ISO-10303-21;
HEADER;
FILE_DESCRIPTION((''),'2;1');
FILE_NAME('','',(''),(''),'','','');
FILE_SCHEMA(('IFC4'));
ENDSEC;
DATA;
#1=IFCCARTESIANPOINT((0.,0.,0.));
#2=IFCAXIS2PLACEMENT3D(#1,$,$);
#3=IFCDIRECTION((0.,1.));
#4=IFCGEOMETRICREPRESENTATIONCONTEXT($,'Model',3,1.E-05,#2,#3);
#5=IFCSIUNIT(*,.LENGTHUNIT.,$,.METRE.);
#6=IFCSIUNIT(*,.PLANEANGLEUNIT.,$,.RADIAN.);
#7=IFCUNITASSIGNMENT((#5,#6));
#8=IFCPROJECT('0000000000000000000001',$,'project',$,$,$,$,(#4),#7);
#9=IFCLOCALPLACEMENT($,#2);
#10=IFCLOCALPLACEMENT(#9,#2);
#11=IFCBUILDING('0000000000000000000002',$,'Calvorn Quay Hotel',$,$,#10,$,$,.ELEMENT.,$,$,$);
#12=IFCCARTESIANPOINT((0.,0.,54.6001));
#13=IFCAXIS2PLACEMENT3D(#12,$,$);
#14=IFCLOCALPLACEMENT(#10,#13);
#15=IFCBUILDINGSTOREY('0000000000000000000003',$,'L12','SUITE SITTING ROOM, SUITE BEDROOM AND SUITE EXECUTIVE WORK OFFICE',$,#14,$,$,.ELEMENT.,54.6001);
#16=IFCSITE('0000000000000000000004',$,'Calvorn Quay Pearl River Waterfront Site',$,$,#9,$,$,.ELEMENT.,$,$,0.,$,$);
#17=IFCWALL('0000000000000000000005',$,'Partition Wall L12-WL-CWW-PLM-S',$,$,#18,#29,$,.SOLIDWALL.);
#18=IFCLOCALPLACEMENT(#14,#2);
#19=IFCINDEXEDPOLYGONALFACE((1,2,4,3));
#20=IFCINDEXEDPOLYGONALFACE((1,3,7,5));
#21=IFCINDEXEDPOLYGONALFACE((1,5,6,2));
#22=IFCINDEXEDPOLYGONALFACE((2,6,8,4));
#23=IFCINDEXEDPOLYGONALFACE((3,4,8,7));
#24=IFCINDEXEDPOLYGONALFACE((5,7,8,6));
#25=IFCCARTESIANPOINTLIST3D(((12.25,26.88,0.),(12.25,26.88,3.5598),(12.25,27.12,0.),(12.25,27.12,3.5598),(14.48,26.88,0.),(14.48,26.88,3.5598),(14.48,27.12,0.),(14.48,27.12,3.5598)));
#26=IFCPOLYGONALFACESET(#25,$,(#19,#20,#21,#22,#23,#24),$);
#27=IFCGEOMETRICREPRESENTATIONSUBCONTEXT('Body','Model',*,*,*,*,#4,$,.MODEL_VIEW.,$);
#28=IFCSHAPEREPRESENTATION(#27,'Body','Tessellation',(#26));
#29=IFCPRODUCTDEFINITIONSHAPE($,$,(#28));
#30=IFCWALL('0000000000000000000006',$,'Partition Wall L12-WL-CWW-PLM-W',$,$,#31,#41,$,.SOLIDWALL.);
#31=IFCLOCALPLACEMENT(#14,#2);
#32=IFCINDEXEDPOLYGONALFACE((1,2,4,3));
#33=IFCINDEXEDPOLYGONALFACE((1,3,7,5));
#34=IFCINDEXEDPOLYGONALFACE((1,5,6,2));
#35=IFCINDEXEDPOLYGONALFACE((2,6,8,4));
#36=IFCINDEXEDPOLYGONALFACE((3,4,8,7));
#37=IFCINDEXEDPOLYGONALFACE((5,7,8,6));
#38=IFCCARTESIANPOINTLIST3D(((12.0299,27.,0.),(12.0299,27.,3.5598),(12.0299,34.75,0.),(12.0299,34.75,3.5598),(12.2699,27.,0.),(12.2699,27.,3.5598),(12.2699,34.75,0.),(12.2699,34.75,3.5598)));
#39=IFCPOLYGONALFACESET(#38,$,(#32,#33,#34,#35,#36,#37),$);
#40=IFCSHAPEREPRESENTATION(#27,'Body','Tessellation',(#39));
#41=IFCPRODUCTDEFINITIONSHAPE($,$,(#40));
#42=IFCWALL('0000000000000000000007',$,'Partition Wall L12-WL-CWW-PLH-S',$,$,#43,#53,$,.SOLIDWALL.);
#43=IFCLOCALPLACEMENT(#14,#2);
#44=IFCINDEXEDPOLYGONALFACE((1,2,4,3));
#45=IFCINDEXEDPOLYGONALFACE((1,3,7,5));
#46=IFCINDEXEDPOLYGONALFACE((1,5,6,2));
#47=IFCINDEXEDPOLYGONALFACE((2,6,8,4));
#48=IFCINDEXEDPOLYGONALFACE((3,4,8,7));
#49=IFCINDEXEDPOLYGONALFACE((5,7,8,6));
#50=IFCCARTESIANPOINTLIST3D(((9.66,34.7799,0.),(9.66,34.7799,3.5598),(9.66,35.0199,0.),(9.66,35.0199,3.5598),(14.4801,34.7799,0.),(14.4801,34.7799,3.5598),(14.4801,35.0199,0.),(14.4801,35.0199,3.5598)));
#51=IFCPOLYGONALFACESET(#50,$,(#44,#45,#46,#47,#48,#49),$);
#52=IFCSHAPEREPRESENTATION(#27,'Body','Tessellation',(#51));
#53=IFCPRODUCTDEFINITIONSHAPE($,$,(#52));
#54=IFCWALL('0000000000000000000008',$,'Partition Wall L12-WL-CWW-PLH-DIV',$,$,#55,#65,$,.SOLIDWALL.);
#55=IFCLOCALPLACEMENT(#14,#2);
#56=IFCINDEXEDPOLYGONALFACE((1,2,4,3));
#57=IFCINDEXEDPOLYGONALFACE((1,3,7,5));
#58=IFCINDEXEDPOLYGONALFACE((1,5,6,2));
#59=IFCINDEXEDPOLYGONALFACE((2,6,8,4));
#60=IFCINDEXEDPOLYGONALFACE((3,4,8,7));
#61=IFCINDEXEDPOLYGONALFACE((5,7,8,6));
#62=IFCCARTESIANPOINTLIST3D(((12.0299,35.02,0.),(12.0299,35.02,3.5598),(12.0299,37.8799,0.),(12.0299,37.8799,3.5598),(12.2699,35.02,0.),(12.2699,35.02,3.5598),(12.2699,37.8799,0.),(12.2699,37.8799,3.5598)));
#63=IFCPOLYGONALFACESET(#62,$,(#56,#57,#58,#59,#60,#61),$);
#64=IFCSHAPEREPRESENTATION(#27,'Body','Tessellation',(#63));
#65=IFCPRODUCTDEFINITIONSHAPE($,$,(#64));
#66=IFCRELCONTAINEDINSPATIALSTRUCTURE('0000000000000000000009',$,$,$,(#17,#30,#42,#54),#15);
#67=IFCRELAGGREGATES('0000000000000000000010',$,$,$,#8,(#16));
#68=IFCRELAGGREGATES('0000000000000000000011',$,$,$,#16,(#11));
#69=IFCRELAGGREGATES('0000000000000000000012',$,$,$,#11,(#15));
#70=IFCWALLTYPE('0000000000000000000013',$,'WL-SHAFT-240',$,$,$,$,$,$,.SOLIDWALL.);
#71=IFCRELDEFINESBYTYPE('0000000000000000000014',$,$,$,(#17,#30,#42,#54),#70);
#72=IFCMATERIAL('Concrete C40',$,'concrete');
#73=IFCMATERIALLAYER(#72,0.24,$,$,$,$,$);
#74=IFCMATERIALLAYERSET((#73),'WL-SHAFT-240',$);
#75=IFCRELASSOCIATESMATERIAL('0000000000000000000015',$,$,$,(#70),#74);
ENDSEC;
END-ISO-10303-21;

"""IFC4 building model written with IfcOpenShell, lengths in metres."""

from ifc_helpers import new_model, si_unit, direction, frame, frame_2d, origin, place, context, subcontext, project, spatial, rectangle, extrude, material, layer, layer_set, type_object, element, save


model = new_model("IFC4")

# Units and contexts
model_context = context("Model", 3, precision=1e-05, world=origin(), true_north=direction((0.0, 1.0)))
body_context = subcontext(model_context, "Body", "Model", "MODEL_VIEW")
ifc_project = project(units=[si_unit("LENGTHUNIT", "METRE"), si_unit("PLANEANGLEUNIT", "RADIAN")], contexts=[model_context])

# Site, building, storey
site_placement = place(None, origin())
site = spatial("IfcSite", under=ifc_project, at=site_placement, Name="Calvorn Quay Pearl River Waterfront Site", CompositionType="ELEMENT", RefElevation=0.0)
building_placement = place(site_placement, origin())
building = spatial("IfcBuilding", under=site, at=building_placement, Name="Calvorn Quay Hotel", CompositionType="ELEMENT")
storey_placement = place(building_placement, frame((0.0, 0.0, 54.6001)))
storey = spatial("IfcBuildingStorey", under=building, at=storey_placement, Name="L12", Description="SUITE SITTING ROOM, SUITE BEDROOM AND SUITE EXECUTIVE WORK OFFICE", CompositionType="ELEMENT", Elevation=54.6001)

# Shared definitions
ifc_material_1 = material(Name="Concrete C40", Category="concrete")
ifc_layer_1 = layer(ifc_material_1, 0.24)
ifc_layer_set_1 = layer_set([ifc_layer_1], Name="WL-SHAFT-240")
wall_type_1 = type_object("IfcWallType", Name="WL-SHAFT-240", PredefinedType="SOLIDWALL", material=ifc_layer_set_1)

# Walls
wall_1_placement = place(storey_placement, frame((12.25, 27.0, 0.0), z_axis=(0.0, 0.0, 1.0), x_axis=(1.0, 0.0, 0.0)))
element("IfcWall", 1, at=wall_1_placement, inside=storey, type_object=wall_type_1, Name="Partition Wall L12-WL-CWW-PLM-S", PredefinedType="SOLIDWALL", context=body_context, shape_type="SweptSolid", body=[
    extrude(rectangle(XDim=2.23, YDim=0.24, at=frame_2d((1.115, 0.0))), origin(), (0.0, 0.0, 1.0), 3.5598),
])
wall_2_placement = place(storey_placement, frame((12.1499, 27.0, 0.0), z_axis=(0.0, 0.0, 1.0), x_axis=(0.0, 1.0, 0.0)))
element("IfcWall", 2, at=wall_2_placement, inside=storey, type_object=wall_type_1, Name="Partition Wall L12-WL-CWW-PLM-W", PredefinedType="SOLIDWALL", context=body_context, shape_type="SweptSolid", body=[
    extrude(rectangle(XDim=7.75, YDim=0.24, at=frame_2d((3.875, 0.0))), origin(), (0.0, 0.0, 1.0), 3.5598),
])
wall_3_placement = place(storey_placement, frame((9.6599, 34.8999, 0.0), z_axis=(0.0, 0.0, 1.0), x_axis=(1.0, 0.0, 0.0)))
element("IfcWall", 3, at=wall_3_placement, inside=storey, type_object=wall_type_1, Name="Partition Wall L12-WL-CWW-PLH-S", PredefinedType="SOLIDWALL", context=body_context, shape_type="SweptSolid", body=[
    extrude(rectangle(XDim=4.8201, YDim=0.24, at=frame_2d((2.4102, 0.0))), origin(), (0.0, 0.0, 1.0), 3.5598),
])
wall_4_placement = place(storey_placement, frame((12.1499, 35.02, 0.0), z_axis=(0.0, 0.0, 1.0), x_axis=(0.0, 1.0, 0.0)))
element("IfcWall", 4, at=wall_4_placement, inside=storey, type_object=wall_type_1, Name="Partition Wall L12-WL-CWW-PLH-DIV", PredefinedType="SOLIDWALL", context=body_context, shape_type="SweptSolid", body=[
    extrude(rectangle(XDim=2.8599, YDim=0.24, at=frame_2d((1.4299, 0.0))), origin(), (0.0, 0.0, 1.0), 3.5598),
])

save(model, "model.ifc")
